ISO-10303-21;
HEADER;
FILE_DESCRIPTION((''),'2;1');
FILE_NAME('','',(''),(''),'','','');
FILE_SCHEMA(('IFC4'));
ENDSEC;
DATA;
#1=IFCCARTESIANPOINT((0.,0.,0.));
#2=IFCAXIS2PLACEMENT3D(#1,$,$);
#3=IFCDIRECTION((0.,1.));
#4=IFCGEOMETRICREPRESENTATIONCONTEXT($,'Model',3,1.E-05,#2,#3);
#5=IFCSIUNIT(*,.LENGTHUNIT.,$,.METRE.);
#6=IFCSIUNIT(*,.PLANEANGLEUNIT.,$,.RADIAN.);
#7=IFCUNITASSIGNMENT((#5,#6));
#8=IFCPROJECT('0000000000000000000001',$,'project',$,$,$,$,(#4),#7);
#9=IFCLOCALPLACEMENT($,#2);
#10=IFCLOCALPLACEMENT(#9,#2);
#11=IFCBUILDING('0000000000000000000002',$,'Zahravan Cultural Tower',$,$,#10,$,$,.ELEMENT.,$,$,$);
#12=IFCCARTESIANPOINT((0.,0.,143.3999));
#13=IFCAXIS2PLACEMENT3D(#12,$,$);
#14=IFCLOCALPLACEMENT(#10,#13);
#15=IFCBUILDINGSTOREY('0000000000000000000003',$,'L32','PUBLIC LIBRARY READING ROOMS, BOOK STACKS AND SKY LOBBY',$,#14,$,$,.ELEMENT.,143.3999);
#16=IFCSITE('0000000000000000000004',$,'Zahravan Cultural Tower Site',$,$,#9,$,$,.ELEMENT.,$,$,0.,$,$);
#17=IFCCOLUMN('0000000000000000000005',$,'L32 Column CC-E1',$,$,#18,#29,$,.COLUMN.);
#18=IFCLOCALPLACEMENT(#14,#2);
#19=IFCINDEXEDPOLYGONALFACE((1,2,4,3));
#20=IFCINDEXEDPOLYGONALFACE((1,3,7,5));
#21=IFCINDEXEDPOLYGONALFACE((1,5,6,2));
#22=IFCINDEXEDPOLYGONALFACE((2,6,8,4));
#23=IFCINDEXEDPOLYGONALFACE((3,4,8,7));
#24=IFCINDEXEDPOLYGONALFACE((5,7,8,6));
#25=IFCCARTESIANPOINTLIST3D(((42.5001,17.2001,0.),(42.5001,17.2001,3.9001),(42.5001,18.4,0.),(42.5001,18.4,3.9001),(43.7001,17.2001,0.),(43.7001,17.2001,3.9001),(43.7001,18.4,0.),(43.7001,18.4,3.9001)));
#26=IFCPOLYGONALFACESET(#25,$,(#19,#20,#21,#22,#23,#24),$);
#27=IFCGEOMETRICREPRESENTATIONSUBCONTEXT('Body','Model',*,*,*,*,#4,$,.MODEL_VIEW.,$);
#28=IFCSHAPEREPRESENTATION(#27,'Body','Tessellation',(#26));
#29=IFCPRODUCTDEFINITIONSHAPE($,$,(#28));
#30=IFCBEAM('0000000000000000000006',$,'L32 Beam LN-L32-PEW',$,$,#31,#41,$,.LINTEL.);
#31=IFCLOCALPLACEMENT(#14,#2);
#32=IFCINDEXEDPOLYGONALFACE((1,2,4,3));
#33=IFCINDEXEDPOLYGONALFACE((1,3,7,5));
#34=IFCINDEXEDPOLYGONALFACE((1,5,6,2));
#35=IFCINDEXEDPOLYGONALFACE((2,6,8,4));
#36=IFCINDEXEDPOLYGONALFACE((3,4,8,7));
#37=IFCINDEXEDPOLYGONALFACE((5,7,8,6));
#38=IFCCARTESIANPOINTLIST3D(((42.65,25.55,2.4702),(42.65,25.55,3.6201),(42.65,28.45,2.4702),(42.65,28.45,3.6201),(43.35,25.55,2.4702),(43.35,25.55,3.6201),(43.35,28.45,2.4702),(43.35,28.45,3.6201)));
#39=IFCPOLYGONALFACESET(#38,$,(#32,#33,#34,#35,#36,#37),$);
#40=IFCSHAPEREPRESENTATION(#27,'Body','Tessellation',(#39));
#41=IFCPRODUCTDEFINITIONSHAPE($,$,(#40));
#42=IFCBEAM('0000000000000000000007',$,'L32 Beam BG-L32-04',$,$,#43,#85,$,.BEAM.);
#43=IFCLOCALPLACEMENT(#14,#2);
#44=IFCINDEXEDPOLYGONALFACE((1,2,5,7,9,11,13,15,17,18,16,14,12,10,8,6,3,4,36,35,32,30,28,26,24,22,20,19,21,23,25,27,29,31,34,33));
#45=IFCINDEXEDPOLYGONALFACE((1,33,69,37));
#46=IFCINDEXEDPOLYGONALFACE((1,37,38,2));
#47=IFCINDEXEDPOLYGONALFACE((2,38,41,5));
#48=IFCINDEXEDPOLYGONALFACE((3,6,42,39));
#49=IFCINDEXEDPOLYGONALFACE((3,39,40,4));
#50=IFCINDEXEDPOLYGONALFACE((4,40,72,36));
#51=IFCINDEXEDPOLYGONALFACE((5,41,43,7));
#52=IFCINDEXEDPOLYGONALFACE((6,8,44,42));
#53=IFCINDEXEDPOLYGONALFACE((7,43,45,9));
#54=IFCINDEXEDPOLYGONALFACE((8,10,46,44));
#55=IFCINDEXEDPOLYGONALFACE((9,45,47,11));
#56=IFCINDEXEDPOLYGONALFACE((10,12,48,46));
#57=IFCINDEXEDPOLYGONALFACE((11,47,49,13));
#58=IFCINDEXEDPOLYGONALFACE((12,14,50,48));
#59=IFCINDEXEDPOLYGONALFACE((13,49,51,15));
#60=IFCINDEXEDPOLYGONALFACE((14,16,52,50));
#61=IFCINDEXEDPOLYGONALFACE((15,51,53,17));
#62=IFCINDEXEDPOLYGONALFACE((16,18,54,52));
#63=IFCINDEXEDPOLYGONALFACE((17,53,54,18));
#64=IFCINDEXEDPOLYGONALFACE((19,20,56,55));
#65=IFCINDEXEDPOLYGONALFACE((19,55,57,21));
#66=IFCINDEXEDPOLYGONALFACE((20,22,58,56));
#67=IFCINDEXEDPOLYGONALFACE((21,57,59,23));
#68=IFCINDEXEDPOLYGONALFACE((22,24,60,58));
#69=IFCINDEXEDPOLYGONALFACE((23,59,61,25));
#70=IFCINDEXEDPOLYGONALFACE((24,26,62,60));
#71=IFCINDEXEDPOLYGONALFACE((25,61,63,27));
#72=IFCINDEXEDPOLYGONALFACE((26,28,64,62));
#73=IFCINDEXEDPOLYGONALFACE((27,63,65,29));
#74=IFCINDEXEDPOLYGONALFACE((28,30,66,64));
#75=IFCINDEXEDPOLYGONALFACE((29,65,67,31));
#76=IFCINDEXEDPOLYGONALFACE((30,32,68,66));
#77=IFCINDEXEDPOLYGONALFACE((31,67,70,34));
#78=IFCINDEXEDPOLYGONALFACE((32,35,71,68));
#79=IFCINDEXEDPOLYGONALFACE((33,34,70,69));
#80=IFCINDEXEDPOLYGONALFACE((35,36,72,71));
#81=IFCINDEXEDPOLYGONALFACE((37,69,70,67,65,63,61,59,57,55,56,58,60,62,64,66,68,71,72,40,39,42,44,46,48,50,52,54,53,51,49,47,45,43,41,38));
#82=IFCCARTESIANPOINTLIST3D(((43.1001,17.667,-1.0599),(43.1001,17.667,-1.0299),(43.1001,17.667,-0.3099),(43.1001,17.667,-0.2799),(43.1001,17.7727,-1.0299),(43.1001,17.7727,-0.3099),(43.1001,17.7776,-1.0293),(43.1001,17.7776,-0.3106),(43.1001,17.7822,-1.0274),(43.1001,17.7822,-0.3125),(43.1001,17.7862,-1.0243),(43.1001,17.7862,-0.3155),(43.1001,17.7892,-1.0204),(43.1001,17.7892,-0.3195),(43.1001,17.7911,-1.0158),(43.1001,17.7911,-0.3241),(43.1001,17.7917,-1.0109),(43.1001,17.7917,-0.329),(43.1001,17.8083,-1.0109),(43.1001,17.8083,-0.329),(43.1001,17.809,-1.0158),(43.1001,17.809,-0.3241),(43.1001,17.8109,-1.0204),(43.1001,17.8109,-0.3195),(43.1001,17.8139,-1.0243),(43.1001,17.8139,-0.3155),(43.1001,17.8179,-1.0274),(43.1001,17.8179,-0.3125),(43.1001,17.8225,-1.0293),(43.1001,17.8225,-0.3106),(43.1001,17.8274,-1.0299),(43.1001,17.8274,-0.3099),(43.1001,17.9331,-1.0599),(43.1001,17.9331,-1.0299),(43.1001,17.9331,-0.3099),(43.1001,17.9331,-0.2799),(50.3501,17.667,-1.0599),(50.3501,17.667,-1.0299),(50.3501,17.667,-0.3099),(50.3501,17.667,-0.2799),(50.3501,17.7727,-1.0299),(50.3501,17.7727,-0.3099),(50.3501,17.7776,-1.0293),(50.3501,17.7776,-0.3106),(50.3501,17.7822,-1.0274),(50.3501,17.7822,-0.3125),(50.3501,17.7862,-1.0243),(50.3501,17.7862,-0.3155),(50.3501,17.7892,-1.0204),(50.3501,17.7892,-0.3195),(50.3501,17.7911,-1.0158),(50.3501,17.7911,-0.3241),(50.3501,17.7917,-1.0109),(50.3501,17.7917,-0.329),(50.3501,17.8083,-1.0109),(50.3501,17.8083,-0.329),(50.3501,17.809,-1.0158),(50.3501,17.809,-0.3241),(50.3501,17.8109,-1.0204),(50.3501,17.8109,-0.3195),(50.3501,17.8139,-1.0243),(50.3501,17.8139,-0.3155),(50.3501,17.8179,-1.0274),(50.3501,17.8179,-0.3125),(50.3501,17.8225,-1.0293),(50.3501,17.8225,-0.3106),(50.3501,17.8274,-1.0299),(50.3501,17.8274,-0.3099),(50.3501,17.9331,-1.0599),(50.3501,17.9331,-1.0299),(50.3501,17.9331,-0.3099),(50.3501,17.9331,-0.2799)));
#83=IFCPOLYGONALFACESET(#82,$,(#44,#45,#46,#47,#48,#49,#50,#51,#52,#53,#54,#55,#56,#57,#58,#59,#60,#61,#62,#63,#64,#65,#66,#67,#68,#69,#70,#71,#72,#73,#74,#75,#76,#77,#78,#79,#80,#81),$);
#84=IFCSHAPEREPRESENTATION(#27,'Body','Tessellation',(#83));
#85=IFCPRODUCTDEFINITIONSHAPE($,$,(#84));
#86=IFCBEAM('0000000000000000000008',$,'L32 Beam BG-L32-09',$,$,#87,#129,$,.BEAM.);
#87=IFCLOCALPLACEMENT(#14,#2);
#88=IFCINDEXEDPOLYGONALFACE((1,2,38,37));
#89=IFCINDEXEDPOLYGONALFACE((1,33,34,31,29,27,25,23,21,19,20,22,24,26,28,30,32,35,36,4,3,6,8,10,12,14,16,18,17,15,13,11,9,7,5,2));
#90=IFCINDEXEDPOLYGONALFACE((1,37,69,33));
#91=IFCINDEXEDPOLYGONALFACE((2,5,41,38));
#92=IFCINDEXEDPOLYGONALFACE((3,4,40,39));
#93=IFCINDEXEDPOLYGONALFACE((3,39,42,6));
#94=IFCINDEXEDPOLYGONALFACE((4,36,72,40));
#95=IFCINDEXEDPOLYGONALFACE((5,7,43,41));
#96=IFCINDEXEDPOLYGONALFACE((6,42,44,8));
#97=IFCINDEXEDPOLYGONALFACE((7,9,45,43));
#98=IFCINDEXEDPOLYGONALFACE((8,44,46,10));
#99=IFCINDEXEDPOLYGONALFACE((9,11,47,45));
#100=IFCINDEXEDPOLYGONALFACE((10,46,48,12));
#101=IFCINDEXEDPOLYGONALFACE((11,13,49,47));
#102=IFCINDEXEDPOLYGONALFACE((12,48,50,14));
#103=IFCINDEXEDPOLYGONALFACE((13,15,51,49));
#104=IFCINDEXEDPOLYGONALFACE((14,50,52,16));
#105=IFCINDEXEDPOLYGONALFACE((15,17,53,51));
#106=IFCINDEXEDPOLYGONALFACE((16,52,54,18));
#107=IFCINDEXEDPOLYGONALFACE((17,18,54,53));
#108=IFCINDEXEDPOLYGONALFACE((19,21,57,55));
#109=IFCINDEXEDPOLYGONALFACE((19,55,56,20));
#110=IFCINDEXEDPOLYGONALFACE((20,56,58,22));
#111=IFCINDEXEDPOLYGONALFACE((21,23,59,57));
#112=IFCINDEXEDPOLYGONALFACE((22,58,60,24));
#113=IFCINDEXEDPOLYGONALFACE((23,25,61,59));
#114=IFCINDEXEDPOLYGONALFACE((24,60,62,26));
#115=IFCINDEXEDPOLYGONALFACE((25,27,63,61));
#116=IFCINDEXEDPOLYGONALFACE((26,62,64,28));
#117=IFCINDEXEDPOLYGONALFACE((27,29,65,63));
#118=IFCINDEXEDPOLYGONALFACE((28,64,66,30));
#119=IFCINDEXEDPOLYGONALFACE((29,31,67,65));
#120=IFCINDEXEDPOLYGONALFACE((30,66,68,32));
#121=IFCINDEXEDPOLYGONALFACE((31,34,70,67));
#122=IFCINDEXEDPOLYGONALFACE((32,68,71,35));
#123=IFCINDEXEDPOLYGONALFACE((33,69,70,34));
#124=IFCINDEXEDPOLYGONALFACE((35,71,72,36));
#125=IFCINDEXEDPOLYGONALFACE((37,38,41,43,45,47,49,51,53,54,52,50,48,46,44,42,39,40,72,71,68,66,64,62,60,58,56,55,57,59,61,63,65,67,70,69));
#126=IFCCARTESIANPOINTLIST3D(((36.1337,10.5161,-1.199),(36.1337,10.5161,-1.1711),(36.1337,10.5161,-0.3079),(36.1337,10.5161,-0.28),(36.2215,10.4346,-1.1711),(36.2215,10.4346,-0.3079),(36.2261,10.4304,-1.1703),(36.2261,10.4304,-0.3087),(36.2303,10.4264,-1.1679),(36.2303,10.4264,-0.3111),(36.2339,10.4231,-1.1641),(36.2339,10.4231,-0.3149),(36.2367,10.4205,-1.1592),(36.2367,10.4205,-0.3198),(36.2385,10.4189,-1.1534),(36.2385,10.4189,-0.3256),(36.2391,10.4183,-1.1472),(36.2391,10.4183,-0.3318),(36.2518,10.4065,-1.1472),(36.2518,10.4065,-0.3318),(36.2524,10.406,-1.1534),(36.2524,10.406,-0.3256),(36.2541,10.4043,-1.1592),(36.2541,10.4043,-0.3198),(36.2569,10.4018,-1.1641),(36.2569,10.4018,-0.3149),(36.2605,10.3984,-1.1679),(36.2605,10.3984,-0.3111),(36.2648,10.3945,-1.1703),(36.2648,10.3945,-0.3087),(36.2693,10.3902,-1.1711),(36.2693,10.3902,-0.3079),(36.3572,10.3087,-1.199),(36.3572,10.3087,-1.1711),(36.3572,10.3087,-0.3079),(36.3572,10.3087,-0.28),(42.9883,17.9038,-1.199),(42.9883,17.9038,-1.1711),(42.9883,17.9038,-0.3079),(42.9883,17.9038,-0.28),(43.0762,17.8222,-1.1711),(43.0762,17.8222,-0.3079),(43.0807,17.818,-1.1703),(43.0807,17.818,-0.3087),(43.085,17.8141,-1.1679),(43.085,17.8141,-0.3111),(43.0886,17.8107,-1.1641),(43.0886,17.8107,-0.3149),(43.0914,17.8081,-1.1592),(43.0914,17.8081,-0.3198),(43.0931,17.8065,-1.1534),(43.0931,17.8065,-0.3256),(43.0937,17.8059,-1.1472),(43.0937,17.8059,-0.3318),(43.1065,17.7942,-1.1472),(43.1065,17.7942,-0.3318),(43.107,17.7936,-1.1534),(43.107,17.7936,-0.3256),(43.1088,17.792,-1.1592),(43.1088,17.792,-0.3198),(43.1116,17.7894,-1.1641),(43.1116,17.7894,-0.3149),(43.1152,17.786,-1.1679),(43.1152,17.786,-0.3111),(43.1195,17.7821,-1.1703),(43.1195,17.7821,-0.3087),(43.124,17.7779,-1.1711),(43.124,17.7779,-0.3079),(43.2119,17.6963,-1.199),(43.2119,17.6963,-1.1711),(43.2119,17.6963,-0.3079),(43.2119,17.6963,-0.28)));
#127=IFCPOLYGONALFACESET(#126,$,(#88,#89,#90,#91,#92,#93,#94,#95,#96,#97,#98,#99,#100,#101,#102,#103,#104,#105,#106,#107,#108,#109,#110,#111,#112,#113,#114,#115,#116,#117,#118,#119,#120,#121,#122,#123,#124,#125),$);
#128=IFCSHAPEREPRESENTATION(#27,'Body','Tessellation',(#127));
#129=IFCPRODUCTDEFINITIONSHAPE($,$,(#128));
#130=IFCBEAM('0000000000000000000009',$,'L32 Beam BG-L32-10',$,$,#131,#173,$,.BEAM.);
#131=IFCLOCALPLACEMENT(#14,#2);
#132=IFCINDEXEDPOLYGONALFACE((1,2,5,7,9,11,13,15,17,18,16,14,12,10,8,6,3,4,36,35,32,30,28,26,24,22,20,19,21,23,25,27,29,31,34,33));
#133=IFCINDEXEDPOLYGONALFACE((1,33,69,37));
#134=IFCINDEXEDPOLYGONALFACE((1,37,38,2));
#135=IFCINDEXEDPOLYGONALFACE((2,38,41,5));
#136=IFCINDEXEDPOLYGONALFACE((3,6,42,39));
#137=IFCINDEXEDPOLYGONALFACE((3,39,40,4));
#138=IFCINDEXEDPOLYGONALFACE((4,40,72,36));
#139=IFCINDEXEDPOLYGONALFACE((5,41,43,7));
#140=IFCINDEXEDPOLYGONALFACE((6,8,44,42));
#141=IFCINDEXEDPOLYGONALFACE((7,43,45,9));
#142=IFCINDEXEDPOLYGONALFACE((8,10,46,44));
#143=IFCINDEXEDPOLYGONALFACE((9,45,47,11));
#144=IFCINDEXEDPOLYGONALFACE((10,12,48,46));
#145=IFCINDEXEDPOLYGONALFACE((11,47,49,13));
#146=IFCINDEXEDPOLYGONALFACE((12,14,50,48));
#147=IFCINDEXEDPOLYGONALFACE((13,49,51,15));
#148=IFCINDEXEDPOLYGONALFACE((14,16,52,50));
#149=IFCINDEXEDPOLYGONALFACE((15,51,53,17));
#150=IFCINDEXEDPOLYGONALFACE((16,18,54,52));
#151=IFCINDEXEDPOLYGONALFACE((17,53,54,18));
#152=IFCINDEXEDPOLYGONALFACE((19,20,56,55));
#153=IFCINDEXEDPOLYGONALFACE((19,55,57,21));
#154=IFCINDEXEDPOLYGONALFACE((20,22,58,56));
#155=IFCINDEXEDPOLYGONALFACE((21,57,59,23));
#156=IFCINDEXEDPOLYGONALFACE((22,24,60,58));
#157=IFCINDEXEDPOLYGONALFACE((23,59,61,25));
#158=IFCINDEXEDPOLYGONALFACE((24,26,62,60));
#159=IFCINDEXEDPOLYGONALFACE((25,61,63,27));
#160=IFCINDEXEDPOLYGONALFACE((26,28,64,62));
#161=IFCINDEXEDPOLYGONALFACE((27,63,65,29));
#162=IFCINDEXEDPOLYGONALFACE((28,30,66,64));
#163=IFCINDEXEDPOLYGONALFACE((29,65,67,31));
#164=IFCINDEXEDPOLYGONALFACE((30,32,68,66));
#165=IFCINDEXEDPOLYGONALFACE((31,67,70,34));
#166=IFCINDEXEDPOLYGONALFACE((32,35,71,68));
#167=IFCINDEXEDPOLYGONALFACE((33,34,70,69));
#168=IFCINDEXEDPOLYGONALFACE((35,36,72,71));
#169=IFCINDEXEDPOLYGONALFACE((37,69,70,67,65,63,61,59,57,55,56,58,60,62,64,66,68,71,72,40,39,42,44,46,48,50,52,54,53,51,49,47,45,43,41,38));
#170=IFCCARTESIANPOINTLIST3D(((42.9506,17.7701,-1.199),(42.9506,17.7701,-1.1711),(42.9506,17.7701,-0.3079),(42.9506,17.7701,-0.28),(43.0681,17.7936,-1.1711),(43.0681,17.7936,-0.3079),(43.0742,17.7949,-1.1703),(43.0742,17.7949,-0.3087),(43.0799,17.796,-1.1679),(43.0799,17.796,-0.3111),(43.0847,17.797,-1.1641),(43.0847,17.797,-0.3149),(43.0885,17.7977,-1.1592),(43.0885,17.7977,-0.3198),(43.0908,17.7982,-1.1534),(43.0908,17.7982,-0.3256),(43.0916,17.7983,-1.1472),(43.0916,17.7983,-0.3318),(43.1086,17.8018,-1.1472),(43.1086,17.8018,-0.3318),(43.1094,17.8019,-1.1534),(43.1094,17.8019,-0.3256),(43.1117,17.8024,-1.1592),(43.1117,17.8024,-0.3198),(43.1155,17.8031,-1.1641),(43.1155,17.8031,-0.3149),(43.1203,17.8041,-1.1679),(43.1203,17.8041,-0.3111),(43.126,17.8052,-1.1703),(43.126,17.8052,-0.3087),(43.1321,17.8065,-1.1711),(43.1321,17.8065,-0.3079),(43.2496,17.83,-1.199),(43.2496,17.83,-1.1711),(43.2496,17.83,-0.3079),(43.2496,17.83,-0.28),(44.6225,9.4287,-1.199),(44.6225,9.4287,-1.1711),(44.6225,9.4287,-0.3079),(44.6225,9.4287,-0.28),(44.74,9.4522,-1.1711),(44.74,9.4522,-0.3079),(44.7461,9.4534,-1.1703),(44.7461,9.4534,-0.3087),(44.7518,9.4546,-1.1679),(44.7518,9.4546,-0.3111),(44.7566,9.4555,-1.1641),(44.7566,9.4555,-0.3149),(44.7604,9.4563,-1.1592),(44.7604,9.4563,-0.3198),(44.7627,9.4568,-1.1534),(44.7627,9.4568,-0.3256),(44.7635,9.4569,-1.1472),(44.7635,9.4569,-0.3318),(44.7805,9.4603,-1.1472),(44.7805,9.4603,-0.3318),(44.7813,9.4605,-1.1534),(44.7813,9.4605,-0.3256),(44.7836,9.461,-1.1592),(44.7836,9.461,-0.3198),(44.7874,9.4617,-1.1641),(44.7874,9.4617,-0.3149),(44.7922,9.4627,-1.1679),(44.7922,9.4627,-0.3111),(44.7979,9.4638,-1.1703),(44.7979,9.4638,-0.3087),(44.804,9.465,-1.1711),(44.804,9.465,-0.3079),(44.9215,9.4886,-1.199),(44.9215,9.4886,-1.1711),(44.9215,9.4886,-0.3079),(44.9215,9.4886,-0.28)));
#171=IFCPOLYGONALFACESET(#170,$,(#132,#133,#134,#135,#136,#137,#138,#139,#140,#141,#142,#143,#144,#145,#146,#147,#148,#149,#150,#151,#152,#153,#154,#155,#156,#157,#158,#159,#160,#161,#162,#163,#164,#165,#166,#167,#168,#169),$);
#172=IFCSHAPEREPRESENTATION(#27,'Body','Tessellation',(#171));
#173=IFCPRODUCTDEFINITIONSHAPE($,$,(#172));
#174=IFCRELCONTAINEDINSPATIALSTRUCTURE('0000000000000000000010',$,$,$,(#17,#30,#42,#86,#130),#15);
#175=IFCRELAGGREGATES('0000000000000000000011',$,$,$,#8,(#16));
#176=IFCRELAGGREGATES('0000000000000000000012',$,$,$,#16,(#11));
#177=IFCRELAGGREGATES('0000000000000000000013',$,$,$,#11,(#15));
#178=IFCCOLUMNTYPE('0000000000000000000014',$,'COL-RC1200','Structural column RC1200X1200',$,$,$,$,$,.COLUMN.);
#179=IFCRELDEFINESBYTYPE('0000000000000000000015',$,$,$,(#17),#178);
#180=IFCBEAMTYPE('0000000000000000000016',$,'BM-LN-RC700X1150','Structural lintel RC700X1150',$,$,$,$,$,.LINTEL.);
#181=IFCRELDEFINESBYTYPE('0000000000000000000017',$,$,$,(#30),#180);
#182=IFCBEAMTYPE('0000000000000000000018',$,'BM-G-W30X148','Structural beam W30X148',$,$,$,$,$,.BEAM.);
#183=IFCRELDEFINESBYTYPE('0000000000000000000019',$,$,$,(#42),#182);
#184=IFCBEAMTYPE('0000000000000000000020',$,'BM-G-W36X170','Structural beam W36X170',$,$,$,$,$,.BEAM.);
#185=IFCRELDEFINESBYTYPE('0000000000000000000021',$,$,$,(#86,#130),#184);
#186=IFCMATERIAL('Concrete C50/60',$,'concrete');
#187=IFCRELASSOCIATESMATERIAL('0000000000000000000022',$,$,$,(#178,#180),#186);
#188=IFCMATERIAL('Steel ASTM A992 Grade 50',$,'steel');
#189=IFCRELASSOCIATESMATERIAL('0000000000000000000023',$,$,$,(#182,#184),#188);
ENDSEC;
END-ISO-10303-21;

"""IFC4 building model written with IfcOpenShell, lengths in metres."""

from ifc_helpers import new_model, si_unit, direction, frame, origin, origin_2d, place, context, subcontext, project, spatial, rectangle, i_section, extrude, source, transform, mapped, material, material_profile, profile_set, type_object, element, save


model = new_model("IFC4")

# Units and contexts
model_context = context("Model", 3, precision=1e-05, world=origin(), true_north=direction((0.0, 1.0)))
body_context = subcontext(model_context, "Body", "Model", "MODEL_VIEW")
ifc_project = project(units=[si_unit("LENGTHUNIT", "METRE"), si_unit("PLANEANGLEUNIT", "RADIAN")], contexts=[model_context])

# Site, building, storey
site_placement = place(None, origin())
site = spatial("IfcSite", under=ifc_project, at=site_placement, Name="Zahravan Cultural Tower Site", CompositionType="ELEMENT", RefElevation=0.0)
building_placement = place(site_placement, origin())
building = spatial("IfcBuilding", under=site, at=building_placement, Name="Zahravan Cultural Tower", CompositionType="ELEMENT")
storey_placement = place(building_placement, frame((0.0, 0.0, 143.3999)))
storey = spatial("IfcBuildingStorey", under=building, at=storey_placement, Name="L32", Description="PUBLIC LIBRARY READING ROOMS, BOOK STACKS AND SKY LOBBY", CompositionType="ELEMENT", Elevation=143.3999)

# Column
ifc_material_1 = material(Name="Concrete C50/60", Category="concrete")
ifc_material_profile_1 = material_profile(ifc_material_1, rectangle(XDim=1.2, YDim=1.2, at=origin_2d()), Name="RC1200X1200")
ifc_profile_set_1 = profile_set([ifc_material_profile_1], Name="Concrete C50/60")
column_type = type_object("IfcColumnType", Name="COL-RC1200", Description="Structural column RC1200X1200", PredefinedType="COLUMN", material=ifc_profile_set_1)
shared_shape_1 = source(origin(), body_context, "Body", "SweptSolid", [
    extrude(rectangle(XDim=1.2, YDim=1.2, at=origin_2d()), origin(), (0.0, 0.0, 1.0), 3.9001),
])
column_placement = place(storey_placement, frame((43.1001, 17.8, 0.0), z_axis=(0.0, 0.0, 1.0), x_axis=(1.0, 0.0, 0.0)))
element("IfcColumn", 1, at=column_placement, inside=storey, type_object=column_type, Name="L32 Column CC-E1", PredefinedType="COLUMN", context=body_context, shape_type="MappedRepresentation", body=[
    mapped(shared_shape_1, transform((0.0, 0.0, 0.0), x_axis=(1.0, 0.0, 0.0), y_axis=(0.0, 1.0, 0.0), z_axis=(0.0, 0.0, 1.0), scale=1.0)),
])

# Beams
ifc_material_profile_2 = material_profile(ifc_material_1, rectangle(XDim=0.7, YDim=1.1499, at=origin_2d()), Name="RC700X1150")
ifc_profile_set_2 = profile_set([ifc_material_profile_2], Name="Concrete C50/60")
beam_type_1 = type_object("IfcBeamType", Name="BM-LN-RC700X1150", Description="Structural lintel RC700X1150", PredefinedType="LINTEL", material=ifc_profile_set_2)
shared_shape_2 = source(origin(), body_context, "Body", "SweptSolid", [
    extrude(rectangle(XDim=0.7, YDim=1.1499, at=origin_2d()), origin(), (0.0, 0.0, 1.0), 2.8999),
])
beam_1_placement = place(storey_placement, frame((43.0, 25.55, 3.0452), z_axis=(0.0, 1.0, 0.0), x_axis=(-1.0, 0.0, 0.0)))
element("IfcBeam", 2, at=beam_1_placement, inside=storey, type_object=beam_type_1, Name="L32 Beam LN-L32-PEW", PredefinedType="LINTEL", context=body_context, shape_type="MappedRepresentation", body=[
    mapped(shared_shape_2, transform((0.0, 0.0, 0.0), x_axis=(1.0, 0.0, 0.0), y_axis=(0.0, 1.0, 0.0), z_axis=(0.0, 0.0, 1.0), scale=1.0)),
])
ifc_material_2 = material(Name="Steel ASTM A992 Grade 50", Category="steel")
ifc_material_profile_3 = material_profile(ifc_material_2, i_section(OverallWidth=0.2661, OverallDepth=0.78, WebThickness=0.0166, FlangeThickness=0.03, FilletRadius=0.019, at=origin_2d()), Name="W30X148")
ifc_profile_set_3 = profile_set([ifc_material_profile_3], Name="Steel ASTM A992 Grade 50")
beam_type_2 = type_object("IfcBeamType", Name="BM-G-W30X148", Description="Structural beam W30X148", PredefinedType="BEAM", material=ifc_profile_set_3)
shared_shape_3 = source(origin(), body_context, "Body", "SweptSolid", [
    extrude(i_section(OverallWidth=0.2661, OverallDepth=0.78, WebThickness=0.0166, FlangeThickness=0.03, FilletRadius=0.019, at=origin_2d()), origin(), (0.0, 0.0, 1.0), 7.25),
])
beam_2_placement = place(storey_placement, frame((43.1001, 17.8, -0.6699), z_axis=(1.0, 0.0, 0.0), x_axis=(0.0, 1.0, 0.0)))
element("IfcBeam", 3, at=beam_2_placement, inside=storey, type_object=beam_type_2, Name="L32 Beam BG-L32-04", PredefinedType="BEAM", context=body_context, shape_type="MappedRepresentation", body=[
    mapped(shared_shape_3, transform((0.0, 0.0, 0.0), x_axis=(1.0, 0.0, 0.0), y_axis=(0.0, 1.0, 0.0), z_axis=(0.0, 0.0, 1.0), scale=1.0)),
])
ifc_material_profile_4 = material_profile(ifc_material_2, i_section(OverallWidth=0.3049, OverallDepth=0.9189, WebThickness=0.0173, FlangeThickness=0.0278, FilletRadius=0.0239, at=origin_2d()), Name="W36X170")
ifc_profile_set_4 = profile_set([ifc_material_profile_4], Name="Steel ASTM A992 Grade 50")
beam_type_3 = type_object("IfcBeamType", Name="BM-G-W36X170", Description="Structural beam W36X170", PredefinedType="BEAM", material=ifc_profile_set_4)
shared_shape_4 = source(origin(), body_context, "Body", "SweptSolid", [
    extrude(i_section(OverallWidth=0.3049, OverallDepth=0.9189, WebThickness=0.0173, FlangeThickness=0.0278, FilletRadius=0.0239, at=origin_2d()), origin(), (0.0, 0.0, 1.0), 10.0779),
])
beam_3_placement = place(storey_placement, frame((43.1001, 17.8, -0.7395), z_axis=(-0.68017, -0.733054, 0.0), x_axis=(0.733054, -0.68017, 0.0)))
element("IfcBeam", 4, at=beam_3_placement, inside=storey, type_object=beam_type_3, Name="L32 Beam BG-L32-09", PredefinedType="BEAM", context=body_context, shape_type="MappedRepresentation", body=[
    mapped(shared_shape_4, transform((0.0, 0.0, 0.0), x_axis=(1.0, 0.0, 0.0), y_axis=(0.0, 1.0, 0.0), z_axis=(0.0, 0.0, 1.0), scale=1.0)),
])
shared_shape_5 = source(origin(), body_context, "Body", "SweptSolid", [
    extrude(i_section(OverallWidth=0.3049, OverallDepth=0.9189, WebThickness=0.0173, FlangeThickness=0.0278, FilletRadius=0.0239, at=origin_2d()), origin(), (0.0, 0.0, 1.0), 8.5073),
])
beam_4_placement = place(storey_placement, frame((43.1001, 17.8, -0.7395), z_axis=(0.196525, -0.980499, 0.0), x_axis=(0.980499, 0.196525, 0.0)))
element("IfcBeam", 5, at=beam_4_placement, inside=storey, type_object=beam_type_3, Name="L32 Beam BG-L32-10", PredefinedType="BEAM", context=body_context, shape_type="MappedRepresentation", body=[
    mapped(shared_shape_5, transform((0.0, 0.0, 0.0), x_axis=(1.0, 0.0, 0.0), y_axis=(0.0, 1.0, 0.0), z_axis=(0.0, 0.0, 1.0), scale=1.0)),
])

save(model, "model.ifc")
